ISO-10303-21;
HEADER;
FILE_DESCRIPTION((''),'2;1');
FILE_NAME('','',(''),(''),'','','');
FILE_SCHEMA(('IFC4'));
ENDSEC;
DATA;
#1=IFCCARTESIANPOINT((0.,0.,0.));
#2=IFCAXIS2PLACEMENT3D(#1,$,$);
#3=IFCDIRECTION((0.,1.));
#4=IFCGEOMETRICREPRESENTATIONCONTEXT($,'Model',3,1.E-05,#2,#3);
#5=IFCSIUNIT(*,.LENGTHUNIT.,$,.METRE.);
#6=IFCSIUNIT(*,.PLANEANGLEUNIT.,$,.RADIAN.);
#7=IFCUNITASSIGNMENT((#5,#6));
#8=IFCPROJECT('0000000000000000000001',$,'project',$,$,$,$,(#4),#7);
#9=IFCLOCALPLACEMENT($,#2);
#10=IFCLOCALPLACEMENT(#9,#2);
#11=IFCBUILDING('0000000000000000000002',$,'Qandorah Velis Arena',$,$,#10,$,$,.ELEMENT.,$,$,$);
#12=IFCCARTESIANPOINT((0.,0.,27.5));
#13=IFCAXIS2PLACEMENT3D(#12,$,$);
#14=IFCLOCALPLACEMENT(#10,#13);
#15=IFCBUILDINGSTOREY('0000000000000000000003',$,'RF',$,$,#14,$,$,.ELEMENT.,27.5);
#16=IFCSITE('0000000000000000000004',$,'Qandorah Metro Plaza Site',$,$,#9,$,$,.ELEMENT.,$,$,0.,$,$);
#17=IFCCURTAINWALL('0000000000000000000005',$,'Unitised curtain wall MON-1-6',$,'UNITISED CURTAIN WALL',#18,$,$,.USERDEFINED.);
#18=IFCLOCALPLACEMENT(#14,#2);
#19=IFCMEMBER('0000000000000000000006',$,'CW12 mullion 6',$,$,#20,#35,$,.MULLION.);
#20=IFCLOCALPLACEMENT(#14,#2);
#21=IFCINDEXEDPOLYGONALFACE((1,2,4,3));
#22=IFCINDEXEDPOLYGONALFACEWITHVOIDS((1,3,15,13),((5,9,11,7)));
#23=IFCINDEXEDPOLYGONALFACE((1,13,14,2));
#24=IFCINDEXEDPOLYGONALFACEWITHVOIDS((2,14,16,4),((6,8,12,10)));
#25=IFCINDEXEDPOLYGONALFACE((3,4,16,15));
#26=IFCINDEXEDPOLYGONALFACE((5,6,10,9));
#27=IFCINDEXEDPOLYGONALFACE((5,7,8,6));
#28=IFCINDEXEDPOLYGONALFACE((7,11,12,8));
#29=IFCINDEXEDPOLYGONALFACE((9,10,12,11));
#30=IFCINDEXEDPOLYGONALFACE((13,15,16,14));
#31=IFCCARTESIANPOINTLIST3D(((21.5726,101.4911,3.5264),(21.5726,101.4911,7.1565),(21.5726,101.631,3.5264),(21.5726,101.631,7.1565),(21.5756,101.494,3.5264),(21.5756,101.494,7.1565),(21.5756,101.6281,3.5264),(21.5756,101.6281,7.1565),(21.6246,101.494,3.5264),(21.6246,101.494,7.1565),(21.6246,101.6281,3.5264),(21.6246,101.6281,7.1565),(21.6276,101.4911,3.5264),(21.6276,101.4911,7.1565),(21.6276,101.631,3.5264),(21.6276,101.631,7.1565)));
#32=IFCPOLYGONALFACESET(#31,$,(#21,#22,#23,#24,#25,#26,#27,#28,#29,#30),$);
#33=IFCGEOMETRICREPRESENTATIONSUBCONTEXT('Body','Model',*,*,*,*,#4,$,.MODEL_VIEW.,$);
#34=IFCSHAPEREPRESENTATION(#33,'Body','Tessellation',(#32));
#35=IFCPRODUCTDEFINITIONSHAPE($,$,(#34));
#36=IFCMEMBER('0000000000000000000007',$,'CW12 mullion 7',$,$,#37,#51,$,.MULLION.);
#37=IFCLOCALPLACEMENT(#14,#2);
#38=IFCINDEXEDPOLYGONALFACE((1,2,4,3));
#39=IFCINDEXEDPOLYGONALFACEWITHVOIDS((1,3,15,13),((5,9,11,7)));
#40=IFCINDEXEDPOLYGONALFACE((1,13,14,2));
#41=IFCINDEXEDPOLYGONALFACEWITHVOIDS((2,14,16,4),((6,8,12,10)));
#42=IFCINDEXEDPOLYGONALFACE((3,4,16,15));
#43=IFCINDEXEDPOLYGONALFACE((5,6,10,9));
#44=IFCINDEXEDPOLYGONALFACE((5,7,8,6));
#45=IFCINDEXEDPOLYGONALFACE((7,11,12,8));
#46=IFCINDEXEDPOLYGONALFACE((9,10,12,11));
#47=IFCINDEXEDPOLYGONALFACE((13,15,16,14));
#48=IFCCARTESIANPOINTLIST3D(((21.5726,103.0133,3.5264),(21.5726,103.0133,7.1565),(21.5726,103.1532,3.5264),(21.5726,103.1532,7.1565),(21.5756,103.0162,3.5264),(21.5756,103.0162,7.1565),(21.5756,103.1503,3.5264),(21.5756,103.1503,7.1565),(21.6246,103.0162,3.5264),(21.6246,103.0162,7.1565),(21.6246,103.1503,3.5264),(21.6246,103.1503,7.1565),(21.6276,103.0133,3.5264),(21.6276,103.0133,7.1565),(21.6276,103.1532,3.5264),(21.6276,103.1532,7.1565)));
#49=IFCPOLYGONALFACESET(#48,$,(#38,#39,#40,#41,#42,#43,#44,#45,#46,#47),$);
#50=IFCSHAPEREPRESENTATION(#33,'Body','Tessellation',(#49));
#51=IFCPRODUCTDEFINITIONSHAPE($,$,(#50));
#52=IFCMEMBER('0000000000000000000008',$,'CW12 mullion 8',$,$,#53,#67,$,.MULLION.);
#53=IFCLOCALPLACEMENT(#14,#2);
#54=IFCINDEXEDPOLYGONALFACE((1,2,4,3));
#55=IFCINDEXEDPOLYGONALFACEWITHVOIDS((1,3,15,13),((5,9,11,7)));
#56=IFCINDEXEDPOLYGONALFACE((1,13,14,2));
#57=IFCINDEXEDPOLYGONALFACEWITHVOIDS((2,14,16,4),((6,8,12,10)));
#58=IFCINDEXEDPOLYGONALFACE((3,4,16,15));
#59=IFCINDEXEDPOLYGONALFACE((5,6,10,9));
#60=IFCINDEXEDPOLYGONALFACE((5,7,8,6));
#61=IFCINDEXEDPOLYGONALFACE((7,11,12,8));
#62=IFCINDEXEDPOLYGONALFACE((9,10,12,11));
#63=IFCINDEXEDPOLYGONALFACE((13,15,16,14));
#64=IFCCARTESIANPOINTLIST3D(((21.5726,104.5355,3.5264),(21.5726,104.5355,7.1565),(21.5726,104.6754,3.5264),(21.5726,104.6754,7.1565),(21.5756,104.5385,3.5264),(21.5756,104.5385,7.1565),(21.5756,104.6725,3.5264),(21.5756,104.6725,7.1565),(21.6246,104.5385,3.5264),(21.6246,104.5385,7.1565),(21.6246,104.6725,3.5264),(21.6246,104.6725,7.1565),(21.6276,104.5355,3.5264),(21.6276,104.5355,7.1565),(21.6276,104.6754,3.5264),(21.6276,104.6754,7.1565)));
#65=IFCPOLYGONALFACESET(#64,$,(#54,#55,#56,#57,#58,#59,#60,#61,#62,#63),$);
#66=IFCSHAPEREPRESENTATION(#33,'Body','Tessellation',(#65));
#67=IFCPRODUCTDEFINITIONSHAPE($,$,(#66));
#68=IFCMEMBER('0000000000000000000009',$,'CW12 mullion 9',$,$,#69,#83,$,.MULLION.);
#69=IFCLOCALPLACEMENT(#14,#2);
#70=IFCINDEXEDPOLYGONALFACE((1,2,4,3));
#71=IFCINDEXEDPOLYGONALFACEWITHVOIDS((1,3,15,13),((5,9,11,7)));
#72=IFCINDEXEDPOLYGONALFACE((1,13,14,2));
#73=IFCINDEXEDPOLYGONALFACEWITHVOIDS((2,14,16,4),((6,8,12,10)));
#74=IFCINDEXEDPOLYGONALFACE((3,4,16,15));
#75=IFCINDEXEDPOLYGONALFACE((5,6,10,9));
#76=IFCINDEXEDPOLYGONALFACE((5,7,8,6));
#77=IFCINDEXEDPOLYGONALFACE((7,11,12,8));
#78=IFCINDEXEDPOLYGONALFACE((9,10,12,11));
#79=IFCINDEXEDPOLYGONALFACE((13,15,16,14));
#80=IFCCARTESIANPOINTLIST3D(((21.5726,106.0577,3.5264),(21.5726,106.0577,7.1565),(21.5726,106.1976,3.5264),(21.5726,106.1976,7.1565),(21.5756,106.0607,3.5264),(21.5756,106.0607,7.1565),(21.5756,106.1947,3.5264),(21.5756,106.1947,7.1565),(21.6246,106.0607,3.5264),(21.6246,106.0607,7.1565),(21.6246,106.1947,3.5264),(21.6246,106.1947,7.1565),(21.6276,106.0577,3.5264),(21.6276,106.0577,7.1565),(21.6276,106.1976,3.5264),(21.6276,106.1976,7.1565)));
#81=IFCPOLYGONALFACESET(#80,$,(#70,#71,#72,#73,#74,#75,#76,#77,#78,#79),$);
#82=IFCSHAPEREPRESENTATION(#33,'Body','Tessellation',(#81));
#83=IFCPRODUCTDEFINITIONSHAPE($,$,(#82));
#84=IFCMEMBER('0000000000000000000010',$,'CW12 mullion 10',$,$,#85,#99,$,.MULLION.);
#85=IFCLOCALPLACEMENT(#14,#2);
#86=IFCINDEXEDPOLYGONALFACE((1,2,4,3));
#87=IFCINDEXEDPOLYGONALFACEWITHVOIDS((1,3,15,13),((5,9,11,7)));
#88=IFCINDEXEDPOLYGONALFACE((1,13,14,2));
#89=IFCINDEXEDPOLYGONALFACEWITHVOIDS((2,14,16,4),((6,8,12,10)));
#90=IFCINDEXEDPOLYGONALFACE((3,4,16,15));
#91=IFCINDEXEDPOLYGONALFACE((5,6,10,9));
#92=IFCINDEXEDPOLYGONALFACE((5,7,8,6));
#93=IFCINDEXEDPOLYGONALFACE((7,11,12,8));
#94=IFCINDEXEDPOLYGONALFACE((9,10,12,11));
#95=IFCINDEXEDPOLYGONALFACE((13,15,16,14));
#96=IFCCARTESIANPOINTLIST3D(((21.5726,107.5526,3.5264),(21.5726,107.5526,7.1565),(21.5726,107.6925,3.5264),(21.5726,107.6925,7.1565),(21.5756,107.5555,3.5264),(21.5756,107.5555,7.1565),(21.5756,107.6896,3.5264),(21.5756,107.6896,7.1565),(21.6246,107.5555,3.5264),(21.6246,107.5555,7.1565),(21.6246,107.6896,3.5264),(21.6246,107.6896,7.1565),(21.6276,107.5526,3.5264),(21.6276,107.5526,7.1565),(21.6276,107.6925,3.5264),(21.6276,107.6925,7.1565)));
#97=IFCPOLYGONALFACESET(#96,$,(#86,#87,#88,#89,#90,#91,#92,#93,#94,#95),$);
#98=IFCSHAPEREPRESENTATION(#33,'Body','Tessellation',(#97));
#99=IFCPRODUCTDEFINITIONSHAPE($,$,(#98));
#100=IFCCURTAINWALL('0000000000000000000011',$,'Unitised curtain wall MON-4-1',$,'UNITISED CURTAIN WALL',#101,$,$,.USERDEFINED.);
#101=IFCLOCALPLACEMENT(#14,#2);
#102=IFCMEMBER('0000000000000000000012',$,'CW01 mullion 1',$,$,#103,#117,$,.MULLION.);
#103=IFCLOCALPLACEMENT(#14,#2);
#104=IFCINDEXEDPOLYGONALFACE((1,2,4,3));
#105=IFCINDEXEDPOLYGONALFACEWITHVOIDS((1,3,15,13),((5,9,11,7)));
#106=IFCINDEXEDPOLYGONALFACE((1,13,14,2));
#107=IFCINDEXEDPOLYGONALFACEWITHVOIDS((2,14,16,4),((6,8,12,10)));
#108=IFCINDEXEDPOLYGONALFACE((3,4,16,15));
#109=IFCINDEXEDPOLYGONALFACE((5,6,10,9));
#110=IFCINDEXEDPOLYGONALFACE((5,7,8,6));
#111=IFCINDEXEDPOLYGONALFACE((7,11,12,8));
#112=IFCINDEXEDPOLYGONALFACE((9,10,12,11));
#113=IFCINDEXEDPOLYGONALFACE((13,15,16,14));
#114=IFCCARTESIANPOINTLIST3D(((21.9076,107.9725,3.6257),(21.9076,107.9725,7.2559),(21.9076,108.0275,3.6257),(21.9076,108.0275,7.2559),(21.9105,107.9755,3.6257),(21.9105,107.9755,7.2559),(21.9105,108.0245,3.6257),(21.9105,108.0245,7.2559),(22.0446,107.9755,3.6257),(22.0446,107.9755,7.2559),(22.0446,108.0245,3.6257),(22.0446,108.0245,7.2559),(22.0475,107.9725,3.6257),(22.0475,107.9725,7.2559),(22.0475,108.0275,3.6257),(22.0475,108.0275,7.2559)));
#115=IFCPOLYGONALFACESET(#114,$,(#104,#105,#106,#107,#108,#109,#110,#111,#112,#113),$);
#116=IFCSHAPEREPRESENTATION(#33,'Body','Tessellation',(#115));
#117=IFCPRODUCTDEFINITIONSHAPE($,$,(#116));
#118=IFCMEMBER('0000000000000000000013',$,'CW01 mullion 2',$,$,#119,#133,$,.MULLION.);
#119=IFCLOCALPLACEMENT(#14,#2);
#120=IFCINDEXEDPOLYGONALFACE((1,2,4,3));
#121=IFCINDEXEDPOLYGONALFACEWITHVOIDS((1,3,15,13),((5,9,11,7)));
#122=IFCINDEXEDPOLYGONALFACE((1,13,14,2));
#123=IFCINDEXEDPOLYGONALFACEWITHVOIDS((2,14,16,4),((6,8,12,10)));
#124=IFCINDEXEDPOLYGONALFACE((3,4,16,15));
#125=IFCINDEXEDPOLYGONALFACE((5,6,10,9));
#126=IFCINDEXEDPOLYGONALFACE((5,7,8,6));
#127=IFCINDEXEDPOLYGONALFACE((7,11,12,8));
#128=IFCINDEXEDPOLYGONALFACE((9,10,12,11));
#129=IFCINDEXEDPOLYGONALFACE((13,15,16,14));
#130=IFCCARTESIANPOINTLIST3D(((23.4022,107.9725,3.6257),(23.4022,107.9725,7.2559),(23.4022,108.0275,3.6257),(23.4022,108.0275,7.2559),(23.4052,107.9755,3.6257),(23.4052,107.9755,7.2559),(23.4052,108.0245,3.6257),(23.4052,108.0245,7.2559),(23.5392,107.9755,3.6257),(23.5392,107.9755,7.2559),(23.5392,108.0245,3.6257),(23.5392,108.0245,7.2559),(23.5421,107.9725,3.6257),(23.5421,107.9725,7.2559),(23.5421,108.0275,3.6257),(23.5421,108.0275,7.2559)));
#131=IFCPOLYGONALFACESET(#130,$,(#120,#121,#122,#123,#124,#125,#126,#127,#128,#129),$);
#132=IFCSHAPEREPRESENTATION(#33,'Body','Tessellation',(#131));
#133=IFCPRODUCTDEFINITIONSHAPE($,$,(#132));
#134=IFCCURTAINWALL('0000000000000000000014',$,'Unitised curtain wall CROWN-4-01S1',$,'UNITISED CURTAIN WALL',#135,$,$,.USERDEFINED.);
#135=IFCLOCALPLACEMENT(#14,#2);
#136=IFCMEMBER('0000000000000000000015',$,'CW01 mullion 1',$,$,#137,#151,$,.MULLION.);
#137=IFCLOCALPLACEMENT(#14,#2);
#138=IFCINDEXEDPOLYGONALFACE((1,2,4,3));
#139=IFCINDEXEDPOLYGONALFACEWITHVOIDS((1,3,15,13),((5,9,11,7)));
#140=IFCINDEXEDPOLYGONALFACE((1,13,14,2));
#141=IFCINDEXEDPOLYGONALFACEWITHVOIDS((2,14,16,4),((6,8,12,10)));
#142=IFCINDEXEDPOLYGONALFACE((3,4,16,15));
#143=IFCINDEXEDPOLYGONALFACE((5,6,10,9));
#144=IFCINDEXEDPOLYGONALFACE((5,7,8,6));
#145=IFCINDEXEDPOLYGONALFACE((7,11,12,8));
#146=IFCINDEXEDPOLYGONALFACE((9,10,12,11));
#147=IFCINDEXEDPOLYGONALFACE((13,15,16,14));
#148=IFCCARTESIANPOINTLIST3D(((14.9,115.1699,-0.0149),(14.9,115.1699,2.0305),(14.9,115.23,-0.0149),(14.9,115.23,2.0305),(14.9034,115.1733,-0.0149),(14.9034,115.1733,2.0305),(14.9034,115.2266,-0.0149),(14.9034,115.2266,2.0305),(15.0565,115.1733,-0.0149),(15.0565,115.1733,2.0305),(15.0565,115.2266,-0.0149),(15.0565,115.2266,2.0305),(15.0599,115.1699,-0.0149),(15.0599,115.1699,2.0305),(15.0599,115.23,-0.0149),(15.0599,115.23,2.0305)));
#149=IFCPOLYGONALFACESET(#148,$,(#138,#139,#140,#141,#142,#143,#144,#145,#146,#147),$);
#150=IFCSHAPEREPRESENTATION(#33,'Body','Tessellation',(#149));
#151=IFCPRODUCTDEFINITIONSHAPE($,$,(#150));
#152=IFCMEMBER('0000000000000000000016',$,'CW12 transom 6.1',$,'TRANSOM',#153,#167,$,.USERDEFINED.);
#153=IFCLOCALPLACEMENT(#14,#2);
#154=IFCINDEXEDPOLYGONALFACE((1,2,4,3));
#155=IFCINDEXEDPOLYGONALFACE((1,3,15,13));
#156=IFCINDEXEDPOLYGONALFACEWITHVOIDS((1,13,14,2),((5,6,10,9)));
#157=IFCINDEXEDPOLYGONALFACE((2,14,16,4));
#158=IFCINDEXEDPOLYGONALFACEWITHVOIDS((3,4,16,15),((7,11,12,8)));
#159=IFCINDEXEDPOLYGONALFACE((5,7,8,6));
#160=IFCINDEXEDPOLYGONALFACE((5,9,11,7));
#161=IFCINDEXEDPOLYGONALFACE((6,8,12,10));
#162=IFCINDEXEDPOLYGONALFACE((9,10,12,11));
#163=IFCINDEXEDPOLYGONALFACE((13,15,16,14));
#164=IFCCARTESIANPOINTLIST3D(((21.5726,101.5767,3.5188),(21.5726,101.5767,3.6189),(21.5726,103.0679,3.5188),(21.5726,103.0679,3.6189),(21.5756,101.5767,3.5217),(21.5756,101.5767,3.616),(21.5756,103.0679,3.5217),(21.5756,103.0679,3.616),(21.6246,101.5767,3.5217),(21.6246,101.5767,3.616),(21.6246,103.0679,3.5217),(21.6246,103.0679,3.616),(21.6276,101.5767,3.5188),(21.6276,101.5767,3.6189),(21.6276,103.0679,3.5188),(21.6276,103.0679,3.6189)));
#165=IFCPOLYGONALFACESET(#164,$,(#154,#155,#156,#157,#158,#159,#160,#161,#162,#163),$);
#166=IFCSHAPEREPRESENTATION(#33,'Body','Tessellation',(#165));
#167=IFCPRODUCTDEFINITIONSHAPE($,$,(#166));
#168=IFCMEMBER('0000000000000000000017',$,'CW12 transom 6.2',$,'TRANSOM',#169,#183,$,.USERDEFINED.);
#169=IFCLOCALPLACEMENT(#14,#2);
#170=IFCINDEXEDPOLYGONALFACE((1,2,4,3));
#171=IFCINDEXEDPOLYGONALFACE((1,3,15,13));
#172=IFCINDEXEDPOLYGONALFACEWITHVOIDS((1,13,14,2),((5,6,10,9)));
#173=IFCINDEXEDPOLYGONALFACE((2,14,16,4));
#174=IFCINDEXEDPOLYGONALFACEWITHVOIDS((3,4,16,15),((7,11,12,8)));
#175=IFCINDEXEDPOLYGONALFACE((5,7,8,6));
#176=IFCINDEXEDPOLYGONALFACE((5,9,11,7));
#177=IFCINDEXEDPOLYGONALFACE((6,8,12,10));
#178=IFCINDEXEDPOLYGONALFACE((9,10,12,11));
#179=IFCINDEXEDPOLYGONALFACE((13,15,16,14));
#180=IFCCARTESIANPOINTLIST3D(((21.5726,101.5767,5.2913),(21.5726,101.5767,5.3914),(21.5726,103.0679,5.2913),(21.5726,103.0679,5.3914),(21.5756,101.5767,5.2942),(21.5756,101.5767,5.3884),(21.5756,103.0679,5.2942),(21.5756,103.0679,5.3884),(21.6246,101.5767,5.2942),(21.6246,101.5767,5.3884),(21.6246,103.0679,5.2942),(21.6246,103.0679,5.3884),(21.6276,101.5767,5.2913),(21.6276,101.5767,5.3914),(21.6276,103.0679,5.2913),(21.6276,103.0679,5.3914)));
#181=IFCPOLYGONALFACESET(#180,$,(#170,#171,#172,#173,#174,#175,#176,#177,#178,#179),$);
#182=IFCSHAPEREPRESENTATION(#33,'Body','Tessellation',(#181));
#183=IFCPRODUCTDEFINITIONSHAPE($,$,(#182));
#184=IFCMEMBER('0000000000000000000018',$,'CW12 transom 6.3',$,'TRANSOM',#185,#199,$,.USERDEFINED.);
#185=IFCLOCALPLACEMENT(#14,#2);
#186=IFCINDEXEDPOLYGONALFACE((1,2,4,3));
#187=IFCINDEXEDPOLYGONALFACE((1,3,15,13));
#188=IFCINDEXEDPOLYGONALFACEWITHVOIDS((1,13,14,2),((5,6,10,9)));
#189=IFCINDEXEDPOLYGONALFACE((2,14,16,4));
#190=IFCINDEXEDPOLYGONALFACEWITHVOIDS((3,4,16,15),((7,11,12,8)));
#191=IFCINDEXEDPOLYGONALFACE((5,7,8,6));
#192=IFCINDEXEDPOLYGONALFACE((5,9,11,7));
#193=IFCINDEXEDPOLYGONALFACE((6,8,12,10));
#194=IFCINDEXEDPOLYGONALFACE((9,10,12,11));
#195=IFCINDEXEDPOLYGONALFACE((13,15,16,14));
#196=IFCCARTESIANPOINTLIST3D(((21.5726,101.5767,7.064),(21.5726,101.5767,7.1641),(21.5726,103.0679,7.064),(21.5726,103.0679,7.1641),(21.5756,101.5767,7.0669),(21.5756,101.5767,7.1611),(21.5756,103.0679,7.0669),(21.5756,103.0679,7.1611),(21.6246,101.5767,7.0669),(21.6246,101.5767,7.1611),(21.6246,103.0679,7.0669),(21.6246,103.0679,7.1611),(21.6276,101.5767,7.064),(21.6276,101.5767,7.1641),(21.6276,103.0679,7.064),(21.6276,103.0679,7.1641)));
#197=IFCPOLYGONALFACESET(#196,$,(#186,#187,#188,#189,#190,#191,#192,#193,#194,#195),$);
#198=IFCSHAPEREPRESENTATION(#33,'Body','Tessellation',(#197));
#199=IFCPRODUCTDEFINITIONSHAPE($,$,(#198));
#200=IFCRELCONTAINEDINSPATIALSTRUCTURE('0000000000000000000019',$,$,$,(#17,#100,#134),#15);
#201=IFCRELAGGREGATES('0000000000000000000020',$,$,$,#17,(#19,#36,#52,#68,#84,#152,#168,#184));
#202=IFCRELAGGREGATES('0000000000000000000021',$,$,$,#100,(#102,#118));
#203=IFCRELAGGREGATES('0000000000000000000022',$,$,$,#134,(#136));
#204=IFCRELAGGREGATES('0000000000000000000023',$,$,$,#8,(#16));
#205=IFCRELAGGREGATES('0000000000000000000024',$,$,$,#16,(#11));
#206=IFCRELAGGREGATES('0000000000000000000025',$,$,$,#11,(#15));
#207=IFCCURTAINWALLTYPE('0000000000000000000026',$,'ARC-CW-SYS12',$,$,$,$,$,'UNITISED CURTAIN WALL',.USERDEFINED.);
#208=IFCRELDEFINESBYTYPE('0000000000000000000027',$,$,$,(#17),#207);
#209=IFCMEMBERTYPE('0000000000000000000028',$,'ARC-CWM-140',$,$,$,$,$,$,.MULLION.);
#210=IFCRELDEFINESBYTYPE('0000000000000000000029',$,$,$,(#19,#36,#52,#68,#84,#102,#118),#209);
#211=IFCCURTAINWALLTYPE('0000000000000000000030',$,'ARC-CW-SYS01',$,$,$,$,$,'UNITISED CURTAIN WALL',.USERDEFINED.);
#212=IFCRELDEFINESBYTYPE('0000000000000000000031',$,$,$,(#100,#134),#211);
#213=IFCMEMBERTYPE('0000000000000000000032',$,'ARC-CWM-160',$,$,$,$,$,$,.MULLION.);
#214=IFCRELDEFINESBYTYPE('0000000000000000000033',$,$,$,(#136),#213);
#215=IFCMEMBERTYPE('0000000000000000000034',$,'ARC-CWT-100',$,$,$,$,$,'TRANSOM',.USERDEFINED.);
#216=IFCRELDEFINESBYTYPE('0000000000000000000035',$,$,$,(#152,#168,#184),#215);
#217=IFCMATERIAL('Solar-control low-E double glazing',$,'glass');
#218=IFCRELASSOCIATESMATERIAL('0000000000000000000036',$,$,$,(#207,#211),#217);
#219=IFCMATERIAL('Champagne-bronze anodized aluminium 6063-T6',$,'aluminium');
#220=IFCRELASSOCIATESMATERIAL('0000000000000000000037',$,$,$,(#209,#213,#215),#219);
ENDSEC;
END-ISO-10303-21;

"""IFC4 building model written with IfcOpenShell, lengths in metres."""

from ifc_helpers import new_model, si_unit, direction, frame, origin, origin_2d, place, context, subcontext, project, spatial, hollow_rectangle, extrude, material, material_profile, profile_set, type_object, element, aggregate, save


model = new_model("IFC4")

# Units and contexts
model_context = context("Model", 3, precision=1e-05, world=origin(), true_north=direction((0.0, 1.0)))
body_context = subcontext(model_context, "Body", "Model", "MODEL_VIEW")
ifc_project = project(units=[si_unit("LENGTHUNIT", "METRE"), si_unit("PLANEANGLEUNIT", "RADIAN")], contexts=[model_context])

# Site, building, storey
site_placement = place(None, origin())
site = spatial("IfcSite", under=ifc_project, at=site_placement, Name="Qandorah Metro Plaza Site", CompositionType="ELEMENT", RefElevation=0.0)
building_placement = place(site_placement, origin())
building = spatial("IfcBuilding", under=site, at=building_placement, Name="Qandorah Velis Arena", CompositionType="ELEMENT")
storey_placement = place(building_placement, frame((0.0, 0.0, 27.5)))
storey = spatial("IfcBuildingStorey", under=building, at=storey_placement, Name="RF", CompositionType="ELEMENT", Elevation=27.5)

# Curtain walls, members
ifc_material_1 = material(Name="Solar-control low-E double glazing", Category="glass")
curtain_wall_type_1 = type_object("IfcCurtainWallType", Name="ARC-CW-SYS12", ElementType="UNITISED CURTAIN WALL", PredefinedType="USERDEFINED", material=ifc_material_1)
curtain_wall_1_placement = place(storey_placement, origin())
curtain_wall_1 = element("IfcCurtainWall", 1, at=curtain_wall_1_placement, inside=storey, type_object=curtain_wall_type_1, Name="Unitised curtain wall MON-1-6", ObjectType="UNITISED CURTAIN WALL", PredefinedType="USERDEFINED")
ifc_material_2 = material(Name="Champagne-bronze anodized aluminium 6063-T6", Category="aluminium")
ifc_material_profile_1 = material_profile(ifc_material_2, hollow_rectangle(XDim=0.0549, YDim=0.1399, WallThickness=0.0029, at=origin_2d()), Name="ALU MULLION 55x140")
ifc_profile_set_1 = profile_set([ifc_material_profile_1], Name="Champagne-bronze anodized aluminium 6063-T6")
member_type_1 = type_object("IfcMemberType", Name="ARC-CWM-140", PredefinedType="MULLION", material=ifc_profile_set_1)
member_1_placement = place(storey_placement, frame((21.6001, 101.561, 3.5264), z_axis=(0.0, 0.0, 1.0), x_axis=(-1.0, 0.0, 0.0)))
member_1 = element("IfcMember", 2, at=member_1_placement, type_object=member_type_1, Name="CW12 mullion 6", PredefinedType="MULLION", context=body_context, shape_type="SweptSolid", body=[
    extrude(hollow_rectangle(XDim=0.0549, YDim=0.1399, WallThickness=0.0029, at=origin_2d()), origin(), (0.0, 0.0, 1.0), 3.6301),
])
member_2_placement = place(storey_placement, frame((21.6001, 103.0833, 3.5264), z_axis=(0.0, 0.0, 1.0), x_axis=(-1.0, 0.0, 0.0)))
member_2 = element("IfcMember", 3, at=member_2_placement, type_object=member_type_1, Name="CW12 mullion 7", PredefinedType="MULLION", context=body_context, shape_type="SweptSolid", body=[
    extrude(hollow_rectangle(XDim=0.0549, YDim=0.1399, WallThickness=0.0029, at=origin_2d()), origin(), (0.0, 0.0, 1.0), 3.6301),
])
member_3_placement = place(storey_placement, frame((21.6001, 104.6055, 3.5264), z_axis=(0.0, 0.0, 1.0), x_axis=(-1.0, 0.0, 0.0)))
member_3 = element("IfcMember", 4, at=member_3_placement, type_object=member_type_1, Name="CW12 mullion 8", PredefinedType="MULLION", context=body_context, shape_type="SweptSolid", body=[
    extrude(hollow_rectangle(XDim=0.0549, YDim=0.1399, WallThickness=0.0029, at=origin_2d()), origin(), (0.0, 0.0, 1.0), 3.6301),
])
member_4_placement = place(storey_placement, frame((21.6001, 106.1277, 3.5264), z_axis=(0.0, 0.0, 1.0), x_axis=(-1.0, 0.0, 0.0)))
member_4 = element("IfcMember", 5, at=member_4_placement, type_object=member_type_1, Name="CW12 mullion 9", PredefinedType="MULLION", context=body_context, shape_type="SweptSolid", body=[
    extrude(hollow_rectangle(XDim=0.0549, YDim=0.1399, WallThickness=0.0029, at=origin_2d()), origin(), (0.0, 0.0, 1.0), 3.6301),
])
member_5_placement = place(storey_placement, frame((21.6001, 107.6226, 3.5264), z_axis=(0.0, 0.0, 1.0), x_axis=(-1.0, 0.0, 0.0)))
member_5 = element("IfcMember", 6, at=member_5_placement, type_object=member_type_1, Name="CW12 mullion 10", PredefinedType="MULLION", context=body_context, shape_type="SweptSolid", body=[
    extrude(hollow_rectangle(XDim=0.0549, YDim=0.1399, WallThickness=0.0029, at=origin_2d()), origin(), (0.0, 0.0, 1.0), 3.6301),
])
curtain_wall_type_2 = type_object("IfcCurtainWallType", Name="ARC-CW-SYS01", ElementType="UNITISED CURTAIN WALL", PredefinedType="USERDEFINED", material=ifc_material_1)
curtain_wall_2_placement = place(storey_placement, origin())
curtain_wall_2 = element("IfcCurtainWall", 7, at=curtain_wall_2_placement, inside=storey, type_object=curtain_wall_type_2, Name="Unitised curtain wall MON-4-1", ObjectType="UNITISED CURTAIN WALL", PredefinedType="USERDEFINED")
member_6_placement = place(storey_placement, frame((21.9775, 108.0, 3.6257), z_axis=(0.0, 0.0, 1.0), x_axis=(0.0, 1.0, 0.0)))
member_6 = element("IfcMember", 8, at=member_6_placement, type_object=member_type_1, Name="CW01 mullion 1", PredefinedType="MULLION", context=body_context, shape_type="SweptSolid", body=[
    extrude(hollow_rectangle(XDim=0.0549, YDim=0.1399, WallThickness=0.0029, at=origin_2d()), origin(), (0.0, 0.0, 1.0), 3.6301),
])
member_7_placement = place(storey_placement, frame((23.4722, 108.0, 3.6257), z_axis=(0.0, 0.0, 1.0), x_axis=(0.0, 1.0, 0.0)))
member_7 = element("IfcMember", 9, at=member_7_placement, type_object=member_type_1, Name="CW01 mullion 2", PredefinedType="MULLION", context=body_context, shape_type="SweptSolid", body=[
    extrude(hollow_rectangle(XDim=0.0549, YDim=0.1399, WallThickness=0.0029, at=origin_2d()), origin(), (0.0, 0.0, 1.0), 3.6301),
])

# Curtain wall, member
curtain_wall_3_placement = place(storey_placement, origin())
curtain_wall_3 = element("IfcCurtainWall", 10, at=curtain_wall_3_placement, inside=storey, type_object=curtain_wall_type_2, Name="Unitised curtain wall CROWN-4-01S1", ObjectType="UNITISED CURTAIN WALL", PredefinedType="USERDEFINED")
ifc_material_profile_2 = material_profile(ifc_material_2, hollow_rectangle(XDim=0.0601, YDim=0.1599, WallThickness=0.0034, at=origin_2d()), Name="ALU MULLION 60x160")
ifc_profile_set_2 = profile_set([ifc_material_profile_2], Name="Champagne-bronze anodized aluminium 6063-T6")
member_type_2 = type_object("IfcMemberType", Name="ARC-CWM-160", PredefinedType="MULLION", material=ifc_profile_set_2)
member_8_placement = place(storey_placement, frame((14.98, 115.2, -0.0149), z_axis=(0.0, 0.0, 1.0), x_axis=(0.0, 1.0, 0.0)))
member_8 = element("IfcMember", 11, at=member_8_placement, type_object=member_type_2, Name="CW01 mullion 1", PredefinedType="MULLION", context=body_context, shape_type="SweptSolid", body=[
    extrude(hollow_rectangle(XDim=0.0601, YDim=0.1599, WallThickness=0.0034, at=origin_2d()), origin(), (0.0, 0.0, 1.0), 2.0454),
])

# Members
ifc_material_profile_3 = material_profile(ifc_material_2, hollow_rectangle(XDim=0.0549, YDim=0.1001, WallThickness=0.0029, at=origin_2d()), Name="ALU TRANSOM 55x100")
ifc_profile_set_3 = profile_set([ifc_material_profile_3], Name="Champagne-bronze anodized aluminium 6063-T6")
member_type_3 = type_object("IfcMemberType", Name="ARC-CWT-100", ElementType="TRANSOM", PredefinedType="USERDEFINED", material=ifc_profile_set_3)
member_9_placement = place(storey_placement, frame((21.6001, 101.5767, 3.5688), z_axis=(0.0, 1.0, 0.0), x_axis=(-1.0, 0.0, 0.0)))
member_9 = element("IfcMember", 12, at=member_9_placement, type_object=member_type_3, Name="CW12 transom 6.1", ObjectType="TRANSOM", PredefinedType="USERDEFINED", context=body_context, shape_type="SweptSolid", body=[
    extrude(hollow_rectangle(XDim=0.0549, YDim=0.1001, WallThickness=0.0029, at=origin_2d()), origin(), (0.0, 0.0, 1.0), 1.4912),
])
member_10_placement = place(storey_placement, frame((21.6001, 101.5767, 5.3413), z_axis=(0.0, 1.0, 0.0), x_axis=(-1.0, 0.0, 0.0)))
member_10 = element("IfcMember", 13, at=member_10_placement, type_object=member_type_3, Name="CW12 transom 6.2", ObjectType="TRANSOM", PredefinedType="USERDEFINED", context=body_context, shape_type="SweptSolid", body=[
    extrude(hollow_rectangle(XDim=0.0549, YDim=0.1001, WallThickness=0.0029, at=origin_2d()), origin(), (0.0, 0.0, 1.0), 1.4912),
])
member_11_placement = place(storey_placement, frame((21.6001, 101.5767, 7.114), z_axis=(0.0, 1.0, 0.0), x_axis=(-1.0, 0.0, 0.0)))
member_11 = element("IfcMember", 14, at=member_11_placement, type_object=member_type_3, Name="CW12 transom 6.3", ObjectType="TRANSOM", PredefinedType="USERDEFINED", context=body_context, shape_type="SweptSolid", body=[
    extrude(hollow_rectangle(XDim=0.0549, YDim=0.1001, WallThickness=0.0029, at=origin_2d()), origin(), (0.0, 0.0, 1.0), 1.4912),
])

aggregate(curtain_wall_1, [member_1, member_2, member_3, member_4, member_5, member_9, member_10, member_11])
aggregate(curtain_wall_2, [member_6, member_7])
aggregate(curtain_wall_3, [member_8])

save(model, "model.ifc")
